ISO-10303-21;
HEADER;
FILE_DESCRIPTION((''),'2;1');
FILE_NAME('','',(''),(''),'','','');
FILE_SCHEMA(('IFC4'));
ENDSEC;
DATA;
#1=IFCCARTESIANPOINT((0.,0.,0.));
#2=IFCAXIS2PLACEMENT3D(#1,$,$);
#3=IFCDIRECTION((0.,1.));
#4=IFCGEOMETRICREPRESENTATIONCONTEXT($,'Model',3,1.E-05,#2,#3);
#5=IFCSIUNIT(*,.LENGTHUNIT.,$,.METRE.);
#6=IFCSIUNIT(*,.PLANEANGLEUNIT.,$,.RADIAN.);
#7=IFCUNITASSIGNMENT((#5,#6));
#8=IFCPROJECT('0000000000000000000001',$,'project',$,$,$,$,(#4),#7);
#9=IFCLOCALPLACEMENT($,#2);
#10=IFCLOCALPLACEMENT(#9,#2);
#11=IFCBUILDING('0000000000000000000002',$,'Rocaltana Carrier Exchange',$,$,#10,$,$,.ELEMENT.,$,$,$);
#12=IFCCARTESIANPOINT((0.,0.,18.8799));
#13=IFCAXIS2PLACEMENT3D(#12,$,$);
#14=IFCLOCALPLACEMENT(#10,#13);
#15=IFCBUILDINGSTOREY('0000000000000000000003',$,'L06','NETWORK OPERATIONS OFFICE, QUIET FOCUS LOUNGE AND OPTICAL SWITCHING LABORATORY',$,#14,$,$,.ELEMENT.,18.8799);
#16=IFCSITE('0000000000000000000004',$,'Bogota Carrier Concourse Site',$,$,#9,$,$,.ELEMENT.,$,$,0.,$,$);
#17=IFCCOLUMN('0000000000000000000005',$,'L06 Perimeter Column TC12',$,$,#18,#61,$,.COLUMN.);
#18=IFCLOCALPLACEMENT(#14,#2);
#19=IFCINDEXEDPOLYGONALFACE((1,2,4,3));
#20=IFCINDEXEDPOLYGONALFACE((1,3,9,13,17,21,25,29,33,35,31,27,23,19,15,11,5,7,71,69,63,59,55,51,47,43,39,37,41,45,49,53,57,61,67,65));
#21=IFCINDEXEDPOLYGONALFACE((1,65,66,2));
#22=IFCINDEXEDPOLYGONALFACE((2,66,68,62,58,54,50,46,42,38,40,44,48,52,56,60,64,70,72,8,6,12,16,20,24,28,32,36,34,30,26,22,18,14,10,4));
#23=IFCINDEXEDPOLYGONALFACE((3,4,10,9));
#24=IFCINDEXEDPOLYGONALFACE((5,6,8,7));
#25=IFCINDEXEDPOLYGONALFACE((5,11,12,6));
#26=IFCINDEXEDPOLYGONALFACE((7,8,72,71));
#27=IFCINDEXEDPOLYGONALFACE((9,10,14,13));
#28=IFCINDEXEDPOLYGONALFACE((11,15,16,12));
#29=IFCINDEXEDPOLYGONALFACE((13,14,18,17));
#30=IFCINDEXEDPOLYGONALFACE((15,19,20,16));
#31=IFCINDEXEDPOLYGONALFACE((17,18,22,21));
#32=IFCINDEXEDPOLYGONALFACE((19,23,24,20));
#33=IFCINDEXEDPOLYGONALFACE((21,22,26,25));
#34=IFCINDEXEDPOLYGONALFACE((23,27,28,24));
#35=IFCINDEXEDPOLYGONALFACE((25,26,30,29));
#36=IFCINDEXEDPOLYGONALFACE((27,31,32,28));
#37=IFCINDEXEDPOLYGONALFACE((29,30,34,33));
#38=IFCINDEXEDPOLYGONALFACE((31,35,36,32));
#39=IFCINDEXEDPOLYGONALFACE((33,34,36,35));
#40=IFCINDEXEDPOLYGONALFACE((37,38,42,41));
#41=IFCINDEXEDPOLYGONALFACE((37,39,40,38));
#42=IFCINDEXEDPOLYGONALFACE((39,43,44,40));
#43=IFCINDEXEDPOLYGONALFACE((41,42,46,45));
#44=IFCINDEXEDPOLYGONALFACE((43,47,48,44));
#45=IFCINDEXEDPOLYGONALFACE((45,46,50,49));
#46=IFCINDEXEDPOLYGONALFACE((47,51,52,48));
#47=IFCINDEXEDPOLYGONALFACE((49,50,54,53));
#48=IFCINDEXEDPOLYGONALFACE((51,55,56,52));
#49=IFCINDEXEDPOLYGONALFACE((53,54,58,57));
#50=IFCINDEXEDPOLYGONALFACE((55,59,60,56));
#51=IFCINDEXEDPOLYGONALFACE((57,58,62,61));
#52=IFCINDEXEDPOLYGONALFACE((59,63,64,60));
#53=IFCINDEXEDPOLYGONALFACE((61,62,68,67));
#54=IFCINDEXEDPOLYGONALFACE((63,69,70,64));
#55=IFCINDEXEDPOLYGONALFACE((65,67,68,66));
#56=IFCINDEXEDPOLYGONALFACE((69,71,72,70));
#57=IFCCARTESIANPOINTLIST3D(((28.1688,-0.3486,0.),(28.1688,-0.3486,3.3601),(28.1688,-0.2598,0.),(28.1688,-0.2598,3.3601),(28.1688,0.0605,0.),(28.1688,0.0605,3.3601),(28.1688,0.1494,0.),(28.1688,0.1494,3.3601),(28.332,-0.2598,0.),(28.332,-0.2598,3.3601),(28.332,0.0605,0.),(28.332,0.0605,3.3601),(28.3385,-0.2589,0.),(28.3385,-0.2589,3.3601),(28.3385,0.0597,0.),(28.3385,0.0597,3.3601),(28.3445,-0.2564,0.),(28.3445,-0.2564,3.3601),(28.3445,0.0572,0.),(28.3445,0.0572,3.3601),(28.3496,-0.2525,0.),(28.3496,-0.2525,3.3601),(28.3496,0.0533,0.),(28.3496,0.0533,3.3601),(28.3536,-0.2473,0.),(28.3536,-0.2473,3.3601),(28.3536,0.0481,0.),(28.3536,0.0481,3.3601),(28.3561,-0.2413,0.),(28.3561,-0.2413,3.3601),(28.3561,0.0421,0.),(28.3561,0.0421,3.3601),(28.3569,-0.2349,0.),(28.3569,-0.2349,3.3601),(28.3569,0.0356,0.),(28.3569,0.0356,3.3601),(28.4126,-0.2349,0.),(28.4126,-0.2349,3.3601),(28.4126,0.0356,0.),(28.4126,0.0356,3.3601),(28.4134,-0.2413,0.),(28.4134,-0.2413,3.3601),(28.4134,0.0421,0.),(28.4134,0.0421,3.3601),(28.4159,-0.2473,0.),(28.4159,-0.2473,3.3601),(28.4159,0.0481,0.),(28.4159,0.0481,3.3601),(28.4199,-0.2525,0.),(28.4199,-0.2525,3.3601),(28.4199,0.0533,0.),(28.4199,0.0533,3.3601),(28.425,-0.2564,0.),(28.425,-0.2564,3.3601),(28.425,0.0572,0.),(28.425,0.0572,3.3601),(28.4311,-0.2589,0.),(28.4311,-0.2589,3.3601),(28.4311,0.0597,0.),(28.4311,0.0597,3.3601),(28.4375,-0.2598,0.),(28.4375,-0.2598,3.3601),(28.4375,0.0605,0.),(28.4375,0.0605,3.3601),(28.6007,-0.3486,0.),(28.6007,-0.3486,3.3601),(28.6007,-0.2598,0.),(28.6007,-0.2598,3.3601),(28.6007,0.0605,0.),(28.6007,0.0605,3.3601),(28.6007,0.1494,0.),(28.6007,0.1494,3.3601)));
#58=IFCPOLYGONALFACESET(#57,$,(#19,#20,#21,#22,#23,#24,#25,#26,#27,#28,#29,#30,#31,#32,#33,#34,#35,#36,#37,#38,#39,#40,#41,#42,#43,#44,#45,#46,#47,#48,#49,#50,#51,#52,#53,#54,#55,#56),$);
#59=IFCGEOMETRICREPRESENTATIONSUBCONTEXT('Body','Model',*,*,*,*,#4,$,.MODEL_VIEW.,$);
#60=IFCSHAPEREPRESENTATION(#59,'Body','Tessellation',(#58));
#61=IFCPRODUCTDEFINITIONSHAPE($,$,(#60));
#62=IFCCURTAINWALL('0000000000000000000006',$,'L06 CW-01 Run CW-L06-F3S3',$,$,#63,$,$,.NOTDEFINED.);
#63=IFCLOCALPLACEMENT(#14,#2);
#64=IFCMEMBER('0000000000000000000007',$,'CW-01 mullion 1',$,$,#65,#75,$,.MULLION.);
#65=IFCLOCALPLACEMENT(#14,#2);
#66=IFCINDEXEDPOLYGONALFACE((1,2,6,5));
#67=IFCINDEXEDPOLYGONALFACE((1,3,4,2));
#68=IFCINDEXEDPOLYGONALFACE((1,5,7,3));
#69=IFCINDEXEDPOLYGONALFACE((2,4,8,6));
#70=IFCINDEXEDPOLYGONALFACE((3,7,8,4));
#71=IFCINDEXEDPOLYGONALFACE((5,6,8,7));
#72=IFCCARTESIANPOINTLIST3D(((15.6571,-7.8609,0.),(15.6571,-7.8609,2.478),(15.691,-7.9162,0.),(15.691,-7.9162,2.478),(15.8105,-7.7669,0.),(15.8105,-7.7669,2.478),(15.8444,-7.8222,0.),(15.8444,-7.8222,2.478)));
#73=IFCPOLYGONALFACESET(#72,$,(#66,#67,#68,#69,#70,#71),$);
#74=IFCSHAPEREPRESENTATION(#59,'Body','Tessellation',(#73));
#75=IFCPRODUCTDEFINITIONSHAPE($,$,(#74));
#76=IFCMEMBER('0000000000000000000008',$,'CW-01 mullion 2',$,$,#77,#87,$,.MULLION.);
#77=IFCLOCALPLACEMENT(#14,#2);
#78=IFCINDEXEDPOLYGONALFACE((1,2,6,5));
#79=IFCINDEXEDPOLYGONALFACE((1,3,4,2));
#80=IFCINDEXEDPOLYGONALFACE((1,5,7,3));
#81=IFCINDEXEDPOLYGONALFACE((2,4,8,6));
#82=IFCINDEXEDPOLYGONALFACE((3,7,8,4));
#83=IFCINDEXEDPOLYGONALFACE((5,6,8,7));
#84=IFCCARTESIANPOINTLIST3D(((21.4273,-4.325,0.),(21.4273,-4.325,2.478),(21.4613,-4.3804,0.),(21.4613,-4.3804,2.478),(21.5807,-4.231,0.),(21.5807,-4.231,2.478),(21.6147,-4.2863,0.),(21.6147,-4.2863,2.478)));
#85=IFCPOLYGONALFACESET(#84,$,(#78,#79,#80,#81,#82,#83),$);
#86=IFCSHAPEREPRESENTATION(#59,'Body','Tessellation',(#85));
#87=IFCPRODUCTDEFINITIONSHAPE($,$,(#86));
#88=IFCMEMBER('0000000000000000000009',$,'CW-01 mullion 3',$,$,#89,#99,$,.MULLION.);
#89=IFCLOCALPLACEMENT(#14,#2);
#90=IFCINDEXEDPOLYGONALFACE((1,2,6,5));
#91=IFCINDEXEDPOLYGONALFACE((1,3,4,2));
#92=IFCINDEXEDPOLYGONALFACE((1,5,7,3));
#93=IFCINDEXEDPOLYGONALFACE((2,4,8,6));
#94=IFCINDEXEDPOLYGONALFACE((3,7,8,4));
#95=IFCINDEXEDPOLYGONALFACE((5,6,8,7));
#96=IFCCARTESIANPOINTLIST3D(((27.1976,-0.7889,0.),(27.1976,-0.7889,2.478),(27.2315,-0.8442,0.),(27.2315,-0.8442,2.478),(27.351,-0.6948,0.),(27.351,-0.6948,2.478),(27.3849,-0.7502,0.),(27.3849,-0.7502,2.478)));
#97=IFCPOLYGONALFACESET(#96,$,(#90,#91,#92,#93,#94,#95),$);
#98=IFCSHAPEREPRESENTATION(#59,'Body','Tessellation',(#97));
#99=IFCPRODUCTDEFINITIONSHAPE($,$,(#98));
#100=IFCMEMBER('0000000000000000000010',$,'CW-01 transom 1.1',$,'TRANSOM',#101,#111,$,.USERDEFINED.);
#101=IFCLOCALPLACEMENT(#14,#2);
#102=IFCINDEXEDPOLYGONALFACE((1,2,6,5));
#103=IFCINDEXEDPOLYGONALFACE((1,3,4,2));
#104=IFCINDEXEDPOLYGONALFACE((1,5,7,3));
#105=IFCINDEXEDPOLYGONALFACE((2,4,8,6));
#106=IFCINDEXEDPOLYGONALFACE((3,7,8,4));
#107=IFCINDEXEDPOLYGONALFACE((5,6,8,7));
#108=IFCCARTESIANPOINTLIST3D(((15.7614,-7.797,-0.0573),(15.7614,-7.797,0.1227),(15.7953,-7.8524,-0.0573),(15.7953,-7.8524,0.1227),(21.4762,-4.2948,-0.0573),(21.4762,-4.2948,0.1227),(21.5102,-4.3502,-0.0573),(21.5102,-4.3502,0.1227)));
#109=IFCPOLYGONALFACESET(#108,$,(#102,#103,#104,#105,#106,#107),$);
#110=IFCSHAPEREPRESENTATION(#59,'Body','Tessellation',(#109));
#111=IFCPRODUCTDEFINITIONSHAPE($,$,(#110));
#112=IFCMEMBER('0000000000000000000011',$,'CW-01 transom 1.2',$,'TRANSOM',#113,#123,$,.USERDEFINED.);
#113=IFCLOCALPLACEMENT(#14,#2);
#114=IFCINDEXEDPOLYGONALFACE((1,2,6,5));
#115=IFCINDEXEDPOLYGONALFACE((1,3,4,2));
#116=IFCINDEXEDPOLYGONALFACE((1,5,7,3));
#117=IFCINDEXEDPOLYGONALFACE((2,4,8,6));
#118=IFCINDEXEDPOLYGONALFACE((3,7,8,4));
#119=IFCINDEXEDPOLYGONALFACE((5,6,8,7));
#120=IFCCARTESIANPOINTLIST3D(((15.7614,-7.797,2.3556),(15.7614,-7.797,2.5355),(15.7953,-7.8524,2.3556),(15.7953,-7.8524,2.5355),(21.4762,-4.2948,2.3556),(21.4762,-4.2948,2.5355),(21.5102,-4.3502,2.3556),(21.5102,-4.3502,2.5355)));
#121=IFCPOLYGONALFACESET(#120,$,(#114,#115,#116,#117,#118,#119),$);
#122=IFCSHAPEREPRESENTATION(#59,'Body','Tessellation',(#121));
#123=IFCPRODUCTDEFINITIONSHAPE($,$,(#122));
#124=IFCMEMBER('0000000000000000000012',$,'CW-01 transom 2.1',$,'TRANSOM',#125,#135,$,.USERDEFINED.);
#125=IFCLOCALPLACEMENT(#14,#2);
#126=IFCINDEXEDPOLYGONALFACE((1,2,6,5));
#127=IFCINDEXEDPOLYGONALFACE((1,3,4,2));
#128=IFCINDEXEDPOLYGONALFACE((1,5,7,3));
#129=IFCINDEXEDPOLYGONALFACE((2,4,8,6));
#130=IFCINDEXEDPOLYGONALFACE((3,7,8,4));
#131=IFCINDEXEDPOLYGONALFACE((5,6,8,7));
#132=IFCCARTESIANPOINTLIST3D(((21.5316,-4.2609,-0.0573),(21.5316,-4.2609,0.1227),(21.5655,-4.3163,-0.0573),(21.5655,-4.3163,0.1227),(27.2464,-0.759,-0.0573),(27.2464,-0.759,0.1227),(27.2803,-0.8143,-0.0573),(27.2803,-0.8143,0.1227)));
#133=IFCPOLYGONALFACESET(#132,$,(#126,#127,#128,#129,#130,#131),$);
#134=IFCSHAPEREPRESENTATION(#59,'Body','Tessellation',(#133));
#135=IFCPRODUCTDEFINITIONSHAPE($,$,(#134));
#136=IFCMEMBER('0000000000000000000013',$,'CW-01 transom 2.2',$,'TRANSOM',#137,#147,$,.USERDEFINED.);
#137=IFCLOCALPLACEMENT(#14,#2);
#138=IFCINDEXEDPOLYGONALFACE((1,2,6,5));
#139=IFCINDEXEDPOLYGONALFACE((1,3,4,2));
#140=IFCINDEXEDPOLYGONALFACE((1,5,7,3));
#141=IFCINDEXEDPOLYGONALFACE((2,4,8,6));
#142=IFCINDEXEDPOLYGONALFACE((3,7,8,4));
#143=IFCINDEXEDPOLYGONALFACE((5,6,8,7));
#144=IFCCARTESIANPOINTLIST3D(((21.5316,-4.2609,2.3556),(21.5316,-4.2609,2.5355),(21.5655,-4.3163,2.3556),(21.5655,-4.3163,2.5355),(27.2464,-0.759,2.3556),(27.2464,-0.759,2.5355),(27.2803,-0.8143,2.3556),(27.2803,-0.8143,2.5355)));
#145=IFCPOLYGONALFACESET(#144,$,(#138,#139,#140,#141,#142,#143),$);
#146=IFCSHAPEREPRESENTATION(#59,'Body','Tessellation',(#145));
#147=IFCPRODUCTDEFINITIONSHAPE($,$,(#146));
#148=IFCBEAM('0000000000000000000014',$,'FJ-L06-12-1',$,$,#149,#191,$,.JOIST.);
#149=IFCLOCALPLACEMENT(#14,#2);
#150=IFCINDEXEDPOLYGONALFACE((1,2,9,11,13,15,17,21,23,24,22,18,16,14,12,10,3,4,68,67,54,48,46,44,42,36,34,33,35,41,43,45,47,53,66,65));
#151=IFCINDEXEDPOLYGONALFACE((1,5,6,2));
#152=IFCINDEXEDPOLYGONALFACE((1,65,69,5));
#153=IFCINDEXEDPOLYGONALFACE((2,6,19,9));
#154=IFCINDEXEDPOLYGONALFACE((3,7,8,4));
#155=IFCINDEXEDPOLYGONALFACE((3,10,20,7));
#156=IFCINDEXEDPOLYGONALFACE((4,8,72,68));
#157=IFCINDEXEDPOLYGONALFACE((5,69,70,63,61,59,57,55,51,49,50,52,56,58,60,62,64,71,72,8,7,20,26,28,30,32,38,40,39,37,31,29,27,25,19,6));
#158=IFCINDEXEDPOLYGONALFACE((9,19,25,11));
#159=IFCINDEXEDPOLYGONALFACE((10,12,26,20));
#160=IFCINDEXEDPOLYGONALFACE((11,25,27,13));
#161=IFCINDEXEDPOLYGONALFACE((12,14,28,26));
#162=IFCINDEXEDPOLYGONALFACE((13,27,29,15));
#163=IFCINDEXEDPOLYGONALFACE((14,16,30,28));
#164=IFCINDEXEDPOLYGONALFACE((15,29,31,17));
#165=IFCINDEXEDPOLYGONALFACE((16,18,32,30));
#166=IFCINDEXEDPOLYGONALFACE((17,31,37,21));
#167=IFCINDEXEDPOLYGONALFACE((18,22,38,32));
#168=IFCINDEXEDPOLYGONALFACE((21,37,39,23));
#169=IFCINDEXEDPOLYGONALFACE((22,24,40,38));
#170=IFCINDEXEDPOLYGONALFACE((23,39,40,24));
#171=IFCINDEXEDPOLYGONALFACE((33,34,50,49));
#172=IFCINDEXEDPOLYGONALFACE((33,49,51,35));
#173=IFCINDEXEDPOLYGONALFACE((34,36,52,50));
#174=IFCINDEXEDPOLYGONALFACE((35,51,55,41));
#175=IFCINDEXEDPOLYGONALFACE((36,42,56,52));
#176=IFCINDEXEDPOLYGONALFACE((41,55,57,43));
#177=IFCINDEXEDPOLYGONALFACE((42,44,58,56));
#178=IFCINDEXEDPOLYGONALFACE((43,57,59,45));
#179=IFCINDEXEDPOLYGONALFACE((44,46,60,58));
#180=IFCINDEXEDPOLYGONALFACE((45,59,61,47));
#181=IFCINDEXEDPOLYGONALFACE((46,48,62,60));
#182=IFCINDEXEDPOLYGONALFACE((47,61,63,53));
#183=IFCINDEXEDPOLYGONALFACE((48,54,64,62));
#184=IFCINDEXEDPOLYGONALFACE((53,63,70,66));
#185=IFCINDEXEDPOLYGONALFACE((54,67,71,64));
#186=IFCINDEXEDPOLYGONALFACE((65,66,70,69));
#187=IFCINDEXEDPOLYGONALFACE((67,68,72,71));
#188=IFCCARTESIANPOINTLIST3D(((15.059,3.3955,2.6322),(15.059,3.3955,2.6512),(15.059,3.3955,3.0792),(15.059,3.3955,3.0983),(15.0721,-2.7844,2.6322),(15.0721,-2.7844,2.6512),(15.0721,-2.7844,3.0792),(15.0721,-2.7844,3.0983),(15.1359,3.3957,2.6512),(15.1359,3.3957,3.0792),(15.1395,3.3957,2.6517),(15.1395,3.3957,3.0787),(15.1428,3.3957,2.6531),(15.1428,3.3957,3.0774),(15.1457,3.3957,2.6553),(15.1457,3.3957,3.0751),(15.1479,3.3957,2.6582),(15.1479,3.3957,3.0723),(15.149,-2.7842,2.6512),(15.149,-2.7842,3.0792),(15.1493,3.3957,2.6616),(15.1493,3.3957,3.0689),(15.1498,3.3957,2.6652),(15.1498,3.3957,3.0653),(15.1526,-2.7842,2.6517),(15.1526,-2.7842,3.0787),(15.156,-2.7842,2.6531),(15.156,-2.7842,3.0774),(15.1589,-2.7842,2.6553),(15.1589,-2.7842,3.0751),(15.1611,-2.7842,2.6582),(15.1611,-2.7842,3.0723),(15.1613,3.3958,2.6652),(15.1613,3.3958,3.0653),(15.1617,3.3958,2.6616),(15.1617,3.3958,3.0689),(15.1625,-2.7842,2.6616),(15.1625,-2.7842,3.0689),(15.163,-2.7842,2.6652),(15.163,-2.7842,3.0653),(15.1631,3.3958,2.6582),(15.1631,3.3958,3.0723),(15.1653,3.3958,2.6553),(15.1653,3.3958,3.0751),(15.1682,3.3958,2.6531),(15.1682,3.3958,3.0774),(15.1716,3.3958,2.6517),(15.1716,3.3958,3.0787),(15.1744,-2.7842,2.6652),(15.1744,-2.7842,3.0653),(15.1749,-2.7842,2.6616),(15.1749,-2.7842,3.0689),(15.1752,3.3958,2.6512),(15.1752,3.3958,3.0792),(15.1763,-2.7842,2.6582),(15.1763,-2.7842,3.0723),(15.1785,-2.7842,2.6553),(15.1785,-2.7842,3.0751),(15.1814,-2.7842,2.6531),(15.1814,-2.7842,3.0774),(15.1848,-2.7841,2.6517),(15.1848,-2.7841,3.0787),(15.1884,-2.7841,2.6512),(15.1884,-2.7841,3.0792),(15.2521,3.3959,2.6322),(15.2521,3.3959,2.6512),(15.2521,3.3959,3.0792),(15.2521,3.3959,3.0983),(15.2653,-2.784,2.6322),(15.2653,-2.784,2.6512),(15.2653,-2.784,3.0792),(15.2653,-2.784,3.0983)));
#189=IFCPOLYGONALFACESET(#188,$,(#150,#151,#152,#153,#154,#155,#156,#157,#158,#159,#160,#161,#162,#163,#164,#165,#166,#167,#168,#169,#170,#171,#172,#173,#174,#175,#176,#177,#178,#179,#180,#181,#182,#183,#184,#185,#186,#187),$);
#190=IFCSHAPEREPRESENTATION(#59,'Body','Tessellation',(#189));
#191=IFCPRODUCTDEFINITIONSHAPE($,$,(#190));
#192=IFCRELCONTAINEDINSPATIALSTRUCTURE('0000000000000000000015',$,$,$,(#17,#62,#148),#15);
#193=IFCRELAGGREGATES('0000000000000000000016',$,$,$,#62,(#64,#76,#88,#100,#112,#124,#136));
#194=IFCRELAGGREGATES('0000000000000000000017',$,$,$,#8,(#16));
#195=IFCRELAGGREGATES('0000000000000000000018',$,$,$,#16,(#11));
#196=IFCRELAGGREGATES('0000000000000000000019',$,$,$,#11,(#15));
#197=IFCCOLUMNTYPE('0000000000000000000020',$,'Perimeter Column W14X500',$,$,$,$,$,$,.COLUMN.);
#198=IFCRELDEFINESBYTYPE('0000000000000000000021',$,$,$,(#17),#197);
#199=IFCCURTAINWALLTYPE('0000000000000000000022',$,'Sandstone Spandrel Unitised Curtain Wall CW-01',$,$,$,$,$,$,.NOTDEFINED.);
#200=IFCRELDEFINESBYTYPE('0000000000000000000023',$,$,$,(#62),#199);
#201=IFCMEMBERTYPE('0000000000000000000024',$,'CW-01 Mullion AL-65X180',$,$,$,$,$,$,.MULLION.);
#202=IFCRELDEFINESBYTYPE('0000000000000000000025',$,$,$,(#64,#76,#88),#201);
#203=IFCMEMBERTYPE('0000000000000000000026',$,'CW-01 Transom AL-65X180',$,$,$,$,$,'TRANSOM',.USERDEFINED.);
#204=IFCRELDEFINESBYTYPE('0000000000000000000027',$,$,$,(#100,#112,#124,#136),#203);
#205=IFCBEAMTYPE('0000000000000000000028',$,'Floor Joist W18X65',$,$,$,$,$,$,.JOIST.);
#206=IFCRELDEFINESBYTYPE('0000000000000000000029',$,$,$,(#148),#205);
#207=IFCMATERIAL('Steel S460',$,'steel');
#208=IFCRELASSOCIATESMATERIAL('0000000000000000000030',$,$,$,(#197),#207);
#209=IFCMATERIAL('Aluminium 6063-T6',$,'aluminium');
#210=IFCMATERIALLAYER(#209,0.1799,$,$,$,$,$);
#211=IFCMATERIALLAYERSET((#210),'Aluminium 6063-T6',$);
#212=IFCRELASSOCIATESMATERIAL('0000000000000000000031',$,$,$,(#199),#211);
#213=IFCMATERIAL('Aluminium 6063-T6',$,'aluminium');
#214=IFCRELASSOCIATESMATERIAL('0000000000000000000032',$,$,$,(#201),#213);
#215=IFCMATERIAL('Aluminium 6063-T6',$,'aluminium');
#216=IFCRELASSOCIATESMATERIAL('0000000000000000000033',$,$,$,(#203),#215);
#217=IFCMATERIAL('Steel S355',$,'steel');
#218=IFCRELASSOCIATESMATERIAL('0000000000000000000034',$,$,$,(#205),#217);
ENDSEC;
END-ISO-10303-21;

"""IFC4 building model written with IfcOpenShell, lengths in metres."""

from ifc_helpers import new_model, si_unit, direction, frame, origin, origin_2d, place, context, subcontext, project, spatial, rectangle, i_section, extrude, material, layer, layer_set, material_profile, profile_set, type_object, element, aggregate, save


model = new_model("IFC4")

# Units and contexts
model_context = context("Model", 3, precision=1e-05, world=origin(), true_north=direction((0.0, 1.0)))
body_context = subcontext(model_context, "Body", "Model", "MODEL_VIEW")
ifc_project = project(units=[si_unit("LENGTHUNIT", "METRE"), si_unit("PLANEANGLEUNIT", "RADIAN")], contexts=[model_context])

# Site, building, storey
site_placement = place(None, origin())
site = spatial("IfcSite", under=ifc_project, at=site_placement, Name="Bogota Carrier Concourse Site", CompositionType="ELEMENT", RefElevation=0.0)
building_placement = place(site_placement, origin())
building = spatial("IfcBuilding", under=site, at=building_placement, Name="Rocaltana Carrier Exchange", CompositionType="ELEMENT")
storey_placement = place(building_placement, frame((0.0, 0.0, 18.8799)))
storey = spatial("IfcBuildingStorey", under=building, at=storey_placement, Name="L06", Description="NETWORK OPERATIONS OFFICE, QUIET FOCUS LOUNGE AND OPTICAL SWITCHING LABORATORY", CompositionType="ELEMENT", Elevation=18.8799)

# Column
ifc_material_1 = material(Name="Steel S460", Category="steel")
ifc_material_profile_1 = material_profile(ifc_material_1, i_section(OverallWidth=0.4319, OverallDepth=0.498, WebThickness=0.0557, FlangeThickness=0.0889, FilletRadius=0.0249, at=origin_2d()), Name="W14X500")
ifc_profile_set_1 = profile_set([ifc_material_profile_1], Name="Steel S460")
column_type = type_object("IfcColumnType", Name="Perimeter Column W14X500", PredefinedType="COLUMN", material=ifc_profile_set_1)
column_placement = place(storey_placement, frame((28.3848, -0.0996, 0.0), z_axis=(0.0, 0.0, 1.0), x_axis=(1.0, 0.0, 0.0)))
element("IfcColumn", 1, at=column_placement, inside=storey, type_object=column_type, Name="L06 Perimeter Column TC12", PredefinedType="COLUMN", context=body_context, shape_type="SweptSolid", body=[
    extrude(i_section(OverallWidth=0.4319, OverallDepth=0.498, WebThickness=0.0557, FlangeThickness=0.0889, FilletRadius=0.0249, at=origin_2d()), origin(), (0.0, 0.0, 1.0), 3.3601),
])

# Curtain wall, members
ifc_material_2 = material(Name="Aluminium 6063-T6", Category="aluminium")
ifc_layer_1 = layer(ifc_material_2, 0.1799)
ifc_layer_set_1 = layer_set([ifc_layer_1], Name="Aluminium 6063-T6")
curtain_wall_type = type_object("IfcCurtainWallType", Name="Sandstone Spandrel Unitised Curtain Wall CW-01", PredefinedType="NOTDEFINED", material=ifc_layer_set_1)
curtain_wall_placement = place(storey_placement, origin())
curtain_wall = element("IfcCurtainWall", 2, at=curtain_wall_placement, inside=storey, type_object=curtain_wall_type, Name="L06 CW-01 Run CW-L06-F3S3", PredefinedType="NOTDEFINED")
ifc_material_3 = material(Name="Aluminium 6063-T6", Category="aluminium")
ifc_material_profile_2 = material_profile(ifc_material_3, rectangle(XDim=0.0649, YDim=0.1799, at=origin_2d()), Name="AL-65X180")
ifc_profile_set_2 = profile_set([ifc_material_profile_2], Name="Aluminium 6063-T6")
member_type_1 = type_object("IfcMemberType", Name="CW-01 Mullion AL-65X180", PredefinedType="MULLION", material=ifc_profile_set_2)
member_1_placement = place(storey_placement, frame((15.7507, -7.8416, 0.0), z_axis=(0.0, 0.0, 1.0), x_axis=(-0.5225, 0.852639, 0.0)))
member_1 = element("IfcMember", 3, at=member_1_placement, type_object=member_type_1, Name="CW-01 mullion 1", PredefinedType="MULLION", context=body_context, shape_type="SweptSolid", body=[
    extrude(rectangle(XDim=0.0649, YDim=0.1799, at=origin_2d()), origin(), (0.0, 0.0, 1.0), 2.478),
])
member_2_placement = place(storey_placement, frame((21.521, -4.3057, 0.0), z_axis=(0.0, 0.0, 1.0), x_axis=(-0.5225, 0.852639, 0.0)))
member_2 = element("IfcMember", 4, at=member_2_placement, type_object=member_type_1, Name="CW-01 mullion 2", PredefinedType="MULLION", context=body_context, shape_type="SweptSolid", body=[
    extrude(rectangle(XDim=0.0649, YDim=0.1799, at=origin_2d()), origin(), (0.0, 0.0, 1.0), 2.478),
])
member_3_placement = place(storey_placement, frame((27.2913, -0.7695, 0.0), z_axis=(0.0, 0.0, 1.0), x_axis=(-0.5225, 0.852639, 0.0)))
member_3 = element("IfcMember", 5, at=member_3_placement, type_object=member_type_1, Name="CW-01 mullion 3", PredefinedType="MULLION", context=body_context, shape_type="SweptSolid", body=[
    extrude(rectangle(XDim=0.0649, YDim=0.1799, at=origin_2d()), origin(), (0.0, 0.0, 1.0), 2.478),
])
ifc_material_4 = material(Name="Aluminium 6063-T6", Category="aluminium")
ifc_material_profile_3 = material_profile(ifc_material_4, rectangle(XDim=0.0649, YDim=0.1799, at=origin_2d()), Name="AL-65X180")
ifc_profile_set_3 = profile_set([ifc_material_profile_3], Name="Aluminium 6063-T6")
member_type_2 = type_object("IfcMemberType", Name="CW-01 Transom AL-65X180", ElementType="TRANSOM", PredefinedType="USERDEFINED", material=ifc_profile_set_3)
member_4_placement = place(storey_placement, frame((15.7783, -7.8247, 0.0327), z_axis=(0.852631, 0.522513, 0.0), x_axis=(-0.522513, 0.852631, 0.0)))
member_4 = element("IfcMember", 6, at=member_4_placement, type_object=member_type_2, Name="CW-01 transom 1.1", ObjectType="TRANSOM", PredefinedType="USERDEFINED", context=body_context, shape_type="SweptSolid", body=[
    extrude(rectangle(XDim=0.0649, YDim=0.1799, at=origin_2d()), origin(), (0.0, 0.0, 1.0), 6.7026),
])
member_5_placement = place(storey_placement, frame((15.7783, -7.8247, 2.4456), z_axis=(0.852631, 0.522513, 0.0), x_axis=(-0.522513, 0.852631, 0.0)))
member_5 = element("IfcMember", 7, at=member_5_placement, type_object=member_type_2, Name="CW-01 transom 1.2", ObjectType="TRANSOM", PredefinedType="USERDEFINED", context=body_context, shape_type="SweptSolid", body=[
    extrude(rectangle(XDim=0.0649, YDim=0.1799, at=origin_2d()), origin(), (0.0, 0.0, 1.0), 6.7026),
])
member_6_placement = place(storey_placement, frame((21.5486, -4.2886, 0.0327), z_axis=(0.852647, 0.522487, 0.0), x_axis=(-0.522487, 0.852647, 0.0)))
member_6 = element("IfcMember", 8, at=member_6_placement, type_object=member_type_2, Name="CW-01 transom 2.1", ObjectType="TRANSOM", PredefinedType="USERDEFINED", context=body_context, shape_type="SweptSolid", body=[
    extrude(rectangle(XDim=0.0649, YDim=0.1799, at=origin_2d()), origin(), (0.0, 0.0, 1.0), 6.7024),
])
member_7_placement = place(storey_placement, frame((21.5486, -4.2886, 2.4456), z_axis=(0.852647, 0.522487, 0.0), x_axis=(-0.522487, 0.852647, 0.0)))
member_7 = element("IfcMember", 9, at=member_7_placement, type_object=member_type_2, Name="CW-01 transom 2.2", ObjectType="TRANSOM", PredefinedType="USERDEFINED", context=body_context, shape_type="SweptSolid", body=[
    extrude(rectangle(XDim=0.0649, YDim=0.1799, at=origin_2d()), origin(), (0.0, 0.0, 1.0), 6.7024),
])

# Beam
ifc_material_5 = material(Name="Steel S355", Category="steel")
ifc_material_profile_4 = material_profile(ifc_material_5, i_section(OverallWidth=0.1931, OverallDepth=0.4661, WebThickness=0.0115, FlangeThickness=0.019, FilletRadius=0.0139, at=origin_2d()), Name="W18X65")
ifc_profile_set_4 = profile_set([ifc_material_profile_4], Name="Steel S355")
beam_type_1 = type_object("IfcBeamType", Name="Floor Joist W18X65", PredefinedType="JOIST", material=ifc_profile_set_4)
beam_1_placement = place(storey_placement, frame((15.1687, -2.7842, 2.8652), z_axis=(-0.002133, 0.999998, 0.0), x_axis=(-0.999998, -0.002133, 0.0)))
element("IfcBeam", 10, at=beam_1_placement, inside=storey, type_object=beam_type_1, Name="FJ-L06-12-1", PredefinedType="JOIST", context=body_context, shape_type="SweptSolid", body=[
    extrude(i_section(OverallWidth=0.1931, OverallDepth=0.4661, WebThickness=0.0115, FlangeThickness=0.019, FilletRadius=0.0139, at=origin_2d()), origin(), (0.0, 0.0, 1.0), 6.1799),
])

aggregate(curtain_wall, [member_1, member_2, member_3, member_4, member_5, member_6, member_7])

save(model, "model.ifc")
